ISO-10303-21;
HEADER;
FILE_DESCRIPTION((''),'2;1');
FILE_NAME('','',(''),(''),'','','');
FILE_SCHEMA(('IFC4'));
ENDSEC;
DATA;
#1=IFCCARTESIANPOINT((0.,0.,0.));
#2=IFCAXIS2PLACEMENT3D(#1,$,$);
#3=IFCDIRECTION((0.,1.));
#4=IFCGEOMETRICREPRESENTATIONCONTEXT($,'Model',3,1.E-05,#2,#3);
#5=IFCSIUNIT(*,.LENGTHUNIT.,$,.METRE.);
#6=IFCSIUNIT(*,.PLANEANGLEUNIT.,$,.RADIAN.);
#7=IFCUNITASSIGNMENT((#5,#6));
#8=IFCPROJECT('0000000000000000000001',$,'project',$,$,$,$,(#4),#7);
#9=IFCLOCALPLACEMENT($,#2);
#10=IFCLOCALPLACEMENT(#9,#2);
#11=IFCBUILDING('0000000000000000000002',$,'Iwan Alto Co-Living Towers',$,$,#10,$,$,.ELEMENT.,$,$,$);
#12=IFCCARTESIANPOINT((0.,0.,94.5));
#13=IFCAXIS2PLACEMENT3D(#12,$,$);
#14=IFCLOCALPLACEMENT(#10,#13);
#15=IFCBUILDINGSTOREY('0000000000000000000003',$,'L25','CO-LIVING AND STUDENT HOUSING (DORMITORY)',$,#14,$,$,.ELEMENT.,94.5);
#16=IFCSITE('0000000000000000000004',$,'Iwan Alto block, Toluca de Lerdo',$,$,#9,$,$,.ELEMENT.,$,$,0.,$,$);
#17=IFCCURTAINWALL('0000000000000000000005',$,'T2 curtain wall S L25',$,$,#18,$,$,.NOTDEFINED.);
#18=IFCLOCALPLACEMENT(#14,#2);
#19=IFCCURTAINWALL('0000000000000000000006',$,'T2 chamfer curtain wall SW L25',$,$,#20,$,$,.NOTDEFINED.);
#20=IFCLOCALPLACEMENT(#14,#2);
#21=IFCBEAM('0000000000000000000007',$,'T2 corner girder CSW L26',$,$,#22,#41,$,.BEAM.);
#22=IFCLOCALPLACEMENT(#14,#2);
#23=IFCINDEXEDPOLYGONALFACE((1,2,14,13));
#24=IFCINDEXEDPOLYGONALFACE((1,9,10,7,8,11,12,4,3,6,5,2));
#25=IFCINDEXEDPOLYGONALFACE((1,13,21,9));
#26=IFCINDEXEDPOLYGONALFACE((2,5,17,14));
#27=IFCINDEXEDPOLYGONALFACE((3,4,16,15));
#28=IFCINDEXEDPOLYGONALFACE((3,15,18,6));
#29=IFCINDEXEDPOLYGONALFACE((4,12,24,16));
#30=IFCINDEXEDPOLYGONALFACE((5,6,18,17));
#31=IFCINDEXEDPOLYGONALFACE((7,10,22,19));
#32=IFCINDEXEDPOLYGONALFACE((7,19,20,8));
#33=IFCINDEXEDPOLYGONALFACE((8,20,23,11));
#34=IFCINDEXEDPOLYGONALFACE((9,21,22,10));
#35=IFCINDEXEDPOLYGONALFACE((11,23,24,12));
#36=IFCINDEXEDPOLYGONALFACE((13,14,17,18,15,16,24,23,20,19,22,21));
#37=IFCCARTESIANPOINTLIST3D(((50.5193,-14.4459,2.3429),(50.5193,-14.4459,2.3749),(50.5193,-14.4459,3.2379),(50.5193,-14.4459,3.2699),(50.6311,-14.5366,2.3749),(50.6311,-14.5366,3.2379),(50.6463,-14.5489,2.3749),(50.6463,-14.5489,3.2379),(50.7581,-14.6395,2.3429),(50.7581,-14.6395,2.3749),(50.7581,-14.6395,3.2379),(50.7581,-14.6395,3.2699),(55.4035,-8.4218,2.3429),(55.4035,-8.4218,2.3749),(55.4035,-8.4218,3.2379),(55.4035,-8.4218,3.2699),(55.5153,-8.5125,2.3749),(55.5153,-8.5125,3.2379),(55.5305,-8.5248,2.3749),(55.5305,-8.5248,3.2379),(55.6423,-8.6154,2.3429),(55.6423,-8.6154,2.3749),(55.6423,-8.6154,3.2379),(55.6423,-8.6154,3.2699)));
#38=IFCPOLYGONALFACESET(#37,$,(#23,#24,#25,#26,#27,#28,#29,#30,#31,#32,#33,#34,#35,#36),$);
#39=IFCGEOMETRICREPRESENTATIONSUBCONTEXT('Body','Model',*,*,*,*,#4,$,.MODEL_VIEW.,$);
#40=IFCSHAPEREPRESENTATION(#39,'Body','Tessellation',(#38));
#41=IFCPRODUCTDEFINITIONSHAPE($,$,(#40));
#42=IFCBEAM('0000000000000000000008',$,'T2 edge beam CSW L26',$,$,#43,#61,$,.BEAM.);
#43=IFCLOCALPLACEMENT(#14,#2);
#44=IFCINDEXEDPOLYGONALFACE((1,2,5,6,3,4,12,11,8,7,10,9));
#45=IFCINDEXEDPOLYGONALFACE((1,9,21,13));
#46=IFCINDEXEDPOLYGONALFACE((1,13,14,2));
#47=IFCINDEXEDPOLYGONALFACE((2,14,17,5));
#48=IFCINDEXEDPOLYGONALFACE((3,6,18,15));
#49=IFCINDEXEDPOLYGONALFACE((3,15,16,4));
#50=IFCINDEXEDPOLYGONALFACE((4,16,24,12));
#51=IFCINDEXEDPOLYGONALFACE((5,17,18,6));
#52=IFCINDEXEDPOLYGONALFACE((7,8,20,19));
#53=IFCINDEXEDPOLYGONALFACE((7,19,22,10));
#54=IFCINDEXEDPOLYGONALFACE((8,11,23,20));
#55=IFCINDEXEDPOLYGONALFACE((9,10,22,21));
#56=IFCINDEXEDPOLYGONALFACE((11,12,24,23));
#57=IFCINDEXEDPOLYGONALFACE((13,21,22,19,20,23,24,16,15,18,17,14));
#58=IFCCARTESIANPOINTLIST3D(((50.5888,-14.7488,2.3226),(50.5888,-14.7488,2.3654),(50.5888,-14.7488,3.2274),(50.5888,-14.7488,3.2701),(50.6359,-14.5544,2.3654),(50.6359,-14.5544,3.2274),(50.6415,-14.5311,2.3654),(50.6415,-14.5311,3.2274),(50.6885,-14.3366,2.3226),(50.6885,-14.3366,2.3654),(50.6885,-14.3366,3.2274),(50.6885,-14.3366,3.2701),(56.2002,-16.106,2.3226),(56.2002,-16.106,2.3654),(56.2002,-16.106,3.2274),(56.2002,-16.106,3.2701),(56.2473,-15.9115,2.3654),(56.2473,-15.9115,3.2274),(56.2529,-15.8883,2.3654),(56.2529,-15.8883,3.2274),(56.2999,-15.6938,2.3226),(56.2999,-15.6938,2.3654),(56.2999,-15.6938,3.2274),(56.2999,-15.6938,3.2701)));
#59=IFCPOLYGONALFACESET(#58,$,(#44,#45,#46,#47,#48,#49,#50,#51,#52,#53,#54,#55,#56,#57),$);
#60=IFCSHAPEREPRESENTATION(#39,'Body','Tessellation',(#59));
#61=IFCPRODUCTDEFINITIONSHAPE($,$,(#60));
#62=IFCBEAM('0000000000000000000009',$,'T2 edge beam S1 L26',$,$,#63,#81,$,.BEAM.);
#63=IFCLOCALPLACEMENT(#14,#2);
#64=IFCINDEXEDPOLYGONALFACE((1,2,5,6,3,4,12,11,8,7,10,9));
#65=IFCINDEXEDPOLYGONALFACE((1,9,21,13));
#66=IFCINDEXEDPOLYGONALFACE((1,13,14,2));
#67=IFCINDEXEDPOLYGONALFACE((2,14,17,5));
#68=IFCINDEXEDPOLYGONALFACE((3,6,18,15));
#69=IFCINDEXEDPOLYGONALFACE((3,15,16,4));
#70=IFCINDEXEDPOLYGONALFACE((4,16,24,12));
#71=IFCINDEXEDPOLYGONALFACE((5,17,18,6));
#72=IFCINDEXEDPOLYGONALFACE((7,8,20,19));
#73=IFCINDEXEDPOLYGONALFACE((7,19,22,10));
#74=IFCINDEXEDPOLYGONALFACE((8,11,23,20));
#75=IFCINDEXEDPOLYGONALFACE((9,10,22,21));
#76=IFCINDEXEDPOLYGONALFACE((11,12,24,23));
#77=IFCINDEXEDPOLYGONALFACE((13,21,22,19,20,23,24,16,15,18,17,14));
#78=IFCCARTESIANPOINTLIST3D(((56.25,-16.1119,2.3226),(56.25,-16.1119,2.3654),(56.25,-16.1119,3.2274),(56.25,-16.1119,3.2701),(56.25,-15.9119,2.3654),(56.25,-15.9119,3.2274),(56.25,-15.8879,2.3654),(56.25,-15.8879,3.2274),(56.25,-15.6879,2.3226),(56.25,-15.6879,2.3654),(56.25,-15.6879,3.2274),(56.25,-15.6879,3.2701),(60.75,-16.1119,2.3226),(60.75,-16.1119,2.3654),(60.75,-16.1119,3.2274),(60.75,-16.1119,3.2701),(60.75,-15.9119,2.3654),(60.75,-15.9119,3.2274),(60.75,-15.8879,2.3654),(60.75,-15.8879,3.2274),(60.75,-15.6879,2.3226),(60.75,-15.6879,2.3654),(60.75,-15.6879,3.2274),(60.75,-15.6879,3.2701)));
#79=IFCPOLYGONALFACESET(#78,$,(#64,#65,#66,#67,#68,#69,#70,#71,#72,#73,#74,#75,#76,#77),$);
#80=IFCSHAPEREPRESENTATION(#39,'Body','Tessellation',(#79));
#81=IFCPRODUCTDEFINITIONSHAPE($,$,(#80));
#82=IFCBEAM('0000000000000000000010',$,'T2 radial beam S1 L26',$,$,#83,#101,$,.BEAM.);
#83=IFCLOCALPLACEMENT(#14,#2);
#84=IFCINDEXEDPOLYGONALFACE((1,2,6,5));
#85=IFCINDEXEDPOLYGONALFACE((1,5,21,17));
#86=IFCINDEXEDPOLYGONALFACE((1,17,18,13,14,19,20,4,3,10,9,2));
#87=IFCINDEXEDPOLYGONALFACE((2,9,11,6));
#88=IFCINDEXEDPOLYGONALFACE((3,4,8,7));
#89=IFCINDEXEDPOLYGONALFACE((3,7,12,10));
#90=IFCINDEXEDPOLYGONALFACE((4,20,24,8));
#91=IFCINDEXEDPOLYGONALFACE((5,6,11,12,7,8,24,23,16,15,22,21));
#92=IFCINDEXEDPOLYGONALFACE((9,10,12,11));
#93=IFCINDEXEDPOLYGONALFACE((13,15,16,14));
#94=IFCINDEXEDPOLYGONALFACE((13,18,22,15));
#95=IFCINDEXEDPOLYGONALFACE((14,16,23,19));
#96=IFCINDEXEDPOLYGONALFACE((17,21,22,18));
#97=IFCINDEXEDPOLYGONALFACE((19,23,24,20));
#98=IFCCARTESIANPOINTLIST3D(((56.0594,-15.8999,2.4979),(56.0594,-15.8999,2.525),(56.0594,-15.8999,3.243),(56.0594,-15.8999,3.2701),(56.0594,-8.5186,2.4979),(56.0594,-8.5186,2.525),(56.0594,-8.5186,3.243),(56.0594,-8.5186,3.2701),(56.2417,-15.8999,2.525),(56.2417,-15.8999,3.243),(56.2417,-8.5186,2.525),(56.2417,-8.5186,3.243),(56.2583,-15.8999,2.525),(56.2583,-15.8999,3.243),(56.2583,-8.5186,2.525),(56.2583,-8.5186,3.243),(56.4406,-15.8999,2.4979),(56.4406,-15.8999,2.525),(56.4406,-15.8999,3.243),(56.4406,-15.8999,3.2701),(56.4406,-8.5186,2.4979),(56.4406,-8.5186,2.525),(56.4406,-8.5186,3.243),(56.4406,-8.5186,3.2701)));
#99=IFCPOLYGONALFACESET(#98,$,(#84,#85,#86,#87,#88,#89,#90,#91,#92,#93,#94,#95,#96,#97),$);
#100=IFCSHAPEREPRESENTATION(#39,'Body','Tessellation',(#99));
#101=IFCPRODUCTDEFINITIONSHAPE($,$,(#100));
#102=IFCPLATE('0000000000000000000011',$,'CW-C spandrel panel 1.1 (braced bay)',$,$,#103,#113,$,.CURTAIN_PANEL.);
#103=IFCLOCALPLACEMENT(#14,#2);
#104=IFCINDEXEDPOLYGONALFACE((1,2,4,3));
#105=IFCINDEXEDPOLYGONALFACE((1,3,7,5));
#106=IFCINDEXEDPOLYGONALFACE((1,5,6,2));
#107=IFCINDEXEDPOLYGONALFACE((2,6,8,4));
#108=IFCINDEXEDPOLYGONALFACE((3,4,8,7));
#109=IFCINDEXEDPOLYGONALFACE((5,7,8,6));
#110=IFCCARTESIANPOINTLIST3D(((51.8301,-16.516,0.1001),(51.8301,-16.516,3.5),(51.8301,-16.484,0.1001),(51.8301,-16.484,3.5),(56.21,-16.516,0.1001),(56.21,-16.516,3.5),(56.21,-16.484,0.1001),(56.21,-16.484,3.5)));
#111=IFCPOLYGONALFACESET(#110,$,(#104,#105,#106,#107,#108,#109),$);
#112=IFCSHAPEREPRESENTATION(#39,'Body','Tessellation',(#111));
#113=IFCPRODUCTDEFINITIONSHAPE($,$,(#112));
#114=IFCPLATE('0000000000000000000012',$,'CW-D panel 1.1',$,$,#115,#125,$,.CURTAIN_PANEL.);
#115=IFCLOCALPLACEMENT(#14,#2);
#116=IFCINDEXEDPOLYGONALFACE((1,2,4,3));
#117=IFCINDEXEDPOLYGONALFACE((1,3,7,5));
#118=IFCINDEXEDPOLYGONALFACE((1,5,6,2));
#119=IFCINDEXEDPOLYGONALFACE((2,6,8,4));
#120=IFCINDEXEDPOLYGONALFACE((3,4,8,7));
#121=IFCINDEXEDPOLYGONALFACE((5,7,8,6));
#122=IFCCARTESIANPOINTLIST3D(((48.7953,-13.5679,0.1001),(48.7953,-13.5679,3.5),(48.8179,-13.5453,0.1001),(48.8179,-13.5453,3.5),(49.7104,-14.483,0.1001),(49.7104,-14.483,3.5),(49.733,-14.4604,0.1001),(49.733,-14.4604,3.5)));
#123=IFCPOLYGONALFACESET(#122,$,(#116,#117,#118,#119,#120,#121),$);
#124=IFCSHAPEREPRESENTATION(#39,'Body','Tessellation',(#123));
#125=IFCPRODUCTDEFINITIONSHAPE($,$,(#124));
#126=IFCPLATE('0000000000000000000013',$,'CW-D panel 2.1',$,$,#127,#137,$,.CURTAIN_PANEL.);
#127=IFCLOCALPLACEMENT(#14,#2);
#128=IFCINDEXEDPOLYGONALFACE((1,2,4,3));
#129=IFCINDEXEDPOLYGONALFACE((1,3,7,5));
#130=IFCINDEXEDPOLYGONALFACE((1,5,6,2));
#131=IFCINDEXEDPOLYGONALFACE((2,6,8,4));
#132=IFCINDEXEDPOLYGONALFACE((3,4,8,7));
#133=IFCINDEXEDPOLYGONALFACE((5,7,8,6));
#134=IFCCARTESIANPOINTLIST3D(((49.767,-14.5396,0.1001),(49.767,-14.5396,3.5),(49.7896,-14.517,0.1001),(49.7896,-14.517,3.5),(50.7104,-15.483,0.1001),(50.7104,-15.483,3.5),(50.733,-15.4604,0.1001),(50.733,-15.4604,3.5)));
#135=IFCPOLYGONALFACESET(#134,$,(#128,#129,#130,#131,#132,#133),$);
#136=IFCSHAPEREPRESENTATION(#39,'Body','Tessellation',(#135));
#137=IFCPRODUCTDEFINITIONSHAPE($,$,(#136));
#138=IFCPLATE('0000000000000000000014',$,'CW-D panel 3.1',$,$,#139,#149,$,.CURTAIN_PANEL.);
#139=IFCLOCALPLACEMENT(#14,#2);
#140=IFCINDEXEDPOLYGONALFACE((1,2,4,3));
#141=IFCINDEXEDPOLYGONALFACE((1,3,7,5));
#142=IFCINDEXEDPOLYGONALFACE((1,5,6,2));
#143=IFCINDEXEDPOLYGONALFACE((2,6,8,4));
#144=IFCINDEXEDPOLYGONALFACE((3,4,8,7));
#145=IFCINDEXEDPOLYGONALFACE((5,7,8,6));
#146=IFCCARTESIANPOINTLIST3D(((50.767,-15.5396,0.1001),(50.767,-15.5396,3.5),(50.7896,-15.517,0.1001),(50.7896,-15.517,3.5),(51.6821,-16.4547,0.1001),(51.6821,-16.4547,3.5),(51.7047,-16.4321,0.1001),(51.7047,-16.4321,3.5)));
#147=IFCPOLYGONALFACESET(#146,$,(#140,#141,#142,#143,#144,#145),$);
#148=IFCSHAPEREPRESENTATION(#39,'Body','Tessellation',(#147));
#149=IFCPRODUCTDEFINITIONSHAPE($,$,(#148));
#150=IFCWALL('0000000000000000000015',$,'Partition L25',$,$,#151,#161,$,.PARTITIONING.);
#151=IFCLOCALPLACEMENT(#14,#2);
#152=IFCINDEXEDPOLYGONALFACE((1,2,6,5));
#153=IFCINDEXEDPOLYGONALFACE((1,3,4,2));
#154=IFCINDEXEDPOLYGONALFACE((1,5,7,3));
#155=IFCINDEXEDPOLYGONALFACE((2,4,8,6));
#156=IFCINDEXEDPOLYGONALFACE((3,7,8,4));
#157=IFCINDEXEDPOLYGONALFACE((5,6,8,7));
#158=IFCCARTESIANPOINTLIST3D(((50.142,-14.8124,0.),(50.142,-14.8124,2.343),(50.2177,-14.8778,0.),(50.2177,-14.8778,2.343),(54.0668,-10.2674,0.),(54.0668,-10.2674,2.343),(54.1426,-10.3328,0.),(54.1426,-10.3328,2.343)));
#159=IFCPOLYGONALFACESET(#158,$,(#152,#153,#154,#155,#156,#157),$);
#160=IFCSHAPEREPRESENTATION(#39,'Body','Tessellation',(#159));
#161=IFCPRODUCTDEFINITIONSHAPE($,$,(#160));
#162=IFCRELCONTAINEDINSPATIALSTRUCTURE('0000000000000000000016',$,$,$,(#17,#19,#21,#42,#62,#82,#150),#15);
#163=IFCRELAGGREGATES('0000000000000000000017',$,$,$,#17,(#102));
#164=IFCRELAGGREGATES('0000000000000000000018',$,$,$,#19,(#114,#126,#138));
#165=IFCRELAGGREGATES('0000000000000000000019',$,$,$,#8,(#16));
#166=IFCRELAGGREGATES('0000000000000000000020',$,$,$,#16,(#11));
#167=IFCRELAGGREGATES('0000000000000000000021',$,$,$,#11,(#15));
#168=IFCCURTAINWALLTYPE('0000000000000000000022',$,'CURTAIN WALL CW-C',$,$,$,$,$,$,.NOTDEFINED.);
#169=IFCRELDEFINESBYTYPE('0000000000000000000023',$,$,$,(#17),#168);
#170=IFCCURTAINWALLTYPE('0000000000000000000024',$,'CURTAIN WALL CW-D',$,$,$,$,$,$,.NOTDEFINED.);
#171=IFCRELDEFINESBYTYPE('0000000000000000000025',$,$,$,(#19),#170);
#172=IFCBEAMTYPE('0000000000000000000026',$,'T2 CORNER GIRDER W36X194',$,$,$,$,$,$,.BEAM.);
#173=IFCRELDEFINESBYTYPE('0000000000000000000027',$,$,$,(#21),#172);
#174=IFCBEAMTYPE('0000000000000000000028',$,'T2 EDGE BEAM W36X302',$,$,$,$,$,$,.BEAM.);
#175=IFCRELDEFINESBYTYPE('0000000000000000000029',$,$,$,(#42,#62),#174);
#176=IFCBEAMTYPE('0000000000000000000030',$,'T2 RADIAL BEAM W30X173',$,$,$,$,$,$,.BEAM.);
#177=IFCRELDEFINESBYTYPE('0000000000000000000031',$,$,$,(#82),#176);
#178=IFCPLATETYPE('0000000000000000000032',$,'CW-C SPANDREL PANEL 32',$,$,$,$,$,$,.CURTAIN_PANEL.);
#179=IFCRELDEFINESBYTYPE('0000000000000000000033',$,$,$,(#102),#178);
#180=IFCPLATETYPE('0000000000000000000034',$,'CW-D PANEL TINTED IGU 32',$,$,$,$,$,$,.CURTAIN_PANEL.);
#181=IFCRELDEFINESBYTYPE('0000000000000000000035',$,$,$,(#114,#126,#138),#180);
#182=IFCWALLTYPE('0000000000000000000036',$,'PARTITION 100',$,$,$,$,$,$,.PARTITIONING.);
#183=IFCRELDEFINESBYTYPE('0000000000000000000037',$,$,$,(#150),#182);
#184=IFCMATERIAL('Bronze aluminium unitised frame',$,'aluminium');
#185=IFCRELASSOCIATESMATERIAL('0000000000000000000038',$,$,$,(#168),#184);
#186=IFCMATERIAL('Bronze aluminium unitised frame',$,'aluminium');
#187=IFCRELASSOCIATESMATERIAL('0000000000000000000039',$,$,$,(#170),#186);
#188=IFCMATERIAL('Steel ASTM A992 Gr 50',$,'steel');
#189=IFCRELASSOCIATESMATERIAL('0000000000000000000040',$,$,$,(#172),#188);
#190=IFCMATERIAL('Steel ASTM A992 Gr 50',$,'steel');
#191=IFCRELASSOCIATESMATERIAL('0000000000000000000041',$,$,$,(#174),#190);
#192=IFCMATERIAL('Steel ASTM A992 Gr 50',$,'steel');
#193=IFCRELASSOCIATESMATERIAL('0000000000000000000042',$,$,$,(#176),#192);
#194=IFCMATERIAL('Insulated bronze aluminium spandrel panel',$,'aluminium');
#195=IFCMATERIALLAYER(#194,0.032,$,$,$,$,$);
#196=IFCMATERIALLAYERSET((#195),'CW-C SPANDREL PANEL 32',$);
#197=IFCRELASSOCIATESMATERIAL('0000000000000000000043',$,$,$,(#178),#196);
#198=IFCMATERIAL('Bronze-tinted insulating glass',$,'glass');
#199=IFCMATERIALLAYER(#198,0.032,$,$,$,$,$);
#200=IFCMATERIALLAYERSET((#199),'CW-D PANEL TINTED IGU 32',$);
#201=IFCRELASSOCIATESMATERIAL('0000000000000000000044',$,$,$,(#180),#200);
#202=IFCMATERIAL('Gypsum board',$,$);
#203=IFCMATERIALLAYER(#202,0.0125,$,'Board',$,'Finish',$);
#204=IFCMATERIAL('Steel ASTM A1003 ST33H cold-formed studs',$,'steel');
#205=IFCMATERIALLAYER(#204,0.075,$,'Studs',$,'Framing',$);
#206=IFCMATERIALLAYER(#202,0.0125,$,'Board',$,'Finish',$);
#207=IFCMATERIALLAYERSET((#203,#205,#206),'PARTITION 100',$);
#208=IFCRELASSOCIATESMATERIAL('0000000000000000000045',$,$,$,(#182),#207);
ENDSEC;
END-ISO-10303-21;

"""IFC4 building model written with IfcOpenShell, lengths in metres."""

from ifc_helpers import new_model, si_unit, direction, frame, frame_2d, origin, origin_2d, place, context, subcontext, project, spatial, rectangle, i_section, extrude, material, layer, layer_set, material_profile, profile_set, type_object, element, aggregate, save


model = new_model("IFC4")

# Units and contexts
model_context = context("Model", 3, precision=1e-05, world=origin(), true_north=direction((0.0, 1.0)))
body_context = subcontext(model_context, "Body", "Model", "MODEL_VIEW")
ifc_project = project(units=[si_unit("LENGTHUNIT", "METRE"), si_unit("PLANEANGLEUNIT", "RADIAN")], contexts=[model_context])

# Site, building, storey
site_placement = place(None, origin())
site = spatial("IfcSite", under=ifc_project, at=site_placement, Name="Iwan Alto block, Toluca de Lerdo", CompositionType="ELEMENT", RefElevation=0.0)
building_placement = place(site_placement, origin())
building = spatial("IfcBuilding", under=site, at=building_placement, Name="Iwan Alto Co-Living Towers", CompositionType="ELEMENT")
storey_placement = place(building_placement, frame((0.0, 0.0, 94.5)))
storey = spatial("IfcBuildingStorey", under=building, at=storey_placement, Name="L25", Description="CO-LIVING AND STUDENT HOUSING (DORMITORY)", CompositionType="ELEMENT", Elevation=94.5)

# Curtain walls
ifc_material_1 = material(Name="Bronze aluminium unitised frame", Category="aluminium")
curtain_wall_type_1 = type_object("IfcCurtainWallType", Name="CURTAIN WALL CW-C", PredefinedType="NOTDEFINED", material=ifc_material_1)
curtain_wall_1_placement = place(storey_placement, origin())
curtain_wall_1 = element("IfcCurtainWall", 1, at=curtain_wall_1_placement, inside=storey, type_object=curtain_wall_type_1, Name="T2 curtain wall S L25", PredefinedType="NOTDEFINED")
ifc_material_2 = material(Name="Bronze aluminium unitised frame", Category="aluminium")
curtain_wall_type_2 = type_object("IfcCurtainWallType", Name="CURTAIN WALL CW-D", PredefinedType="NOTDEFINED", material=ifc_material_2)
curtain_wall_2_placement = place(storey_placement, origin())
curtain_wall_2 = element("IfcCurtainWall", 2, at=curtain_wall_2_placement, inside=storey, type_object=curtain_wall_type_2, Name="T2 chamfer curtain wall SW L25", PredefinedType="NOTDEFINED")

# Beams
ifc_material_3 = material(Name="Steel ASTM A992 Gr 50", Category="steel")
ifc_material_profile_1 = material_profile(ifc_material_3, i_section(OverallWidth=0.3074, OverallDepth=0.927, WebThickness=0.0195, FlangeThickness=0.032, at=origin_2d()), Name="W36X194")
ifc_profile_set_1 = profile_set([ifc_material_profile_1], Name="Steel ASTM A992 Gr 50")
beam_type_1 = type_object("IfcBeamType", Name="T2 CORNER GIRDER W36X194", PredefinedType="BEAM", material=ifc_profile_set_1)
beam_1_placement = place(storey_placement, frame((50.6387, -14.5427, 2.8064), z_axis=(0.629788, 0.776767, 0.0), x_axis=(-0.776767, 0.629788, 0.0)))
element("IfcBeam", 3, at=beam_1_placement, inside=storey, type_object=beam_type_1, Name="T2 corner girder CSW L26", PredefinedType="BEAM", context=body_context, shape_type="SweptSolid", body=[
    extrude(i_section(OverallWidth=0.3074, OverallDepth=0.927, WebThickness=0.0195, FlangeThickness=0.032, at=origin_2d()), origin(), (0.0, 0.0, 1.0), 7.7554),
])
ifc_material_4 = material(Name="Steel ASTM A992 Gr 50", Category="steel")
ifc_material_profile_2 = material_profile(ifc_material_4, i_section(OverallWidth=0.4241, OverallDepth=0.9475, WebThickness=0.0239, FlangeThickness=0.0427, at=origin_2d()), Name="W36X302")
ifc_profile_set_2 = profile_set([ifc_material_profile_2], Name="Steel ASTM A992 Gr 50")
beam_type_2 = type_object("IfcBeamType", Name="T2 EDGE BEAM W36X302", PredefinedType="BEAM", material=ifc_profile_set_2)
beam_2_placement = place(storey_placement, frame((50.6387, -14.5427, 2.7964), z_axis=(0.971975, -0.235086, 0.0), x_axis=(0.235086, 0.971975, 0.0)))
element("IfcBeam", 4, at=beam_2_placement, inside=storey, type_object=beam_type_2, Name="T2 edge beam CSW L26", PredefinedType="BEAM", context=body_context, shape_type="SweptSolid", body=[
    extrude(i_section(OverallWidth=0.4241, OverallDepth=0.9475, WebThickness=0.0239, FlangeThickness=0.0427, at=origin_2d()), origin(), (0.0, 0.0, 1.0), 5.7732),
])
beam_3_placement = place(storey_placement, frame((56.25, -15.8999, 2.7964), z_axis=(1.0, 0.0, 0.0), x_axis=(0.0, 1.0, 0.0)))
element("IfcBeam", 5, at=beam_3_placement, inside=storey, type_object=beam_type_2, Name="T2 edge beam S1 L26", PredefinedType="BEAM", context=body_context, shape_type="SweptSolid", body=[
    extrude(i_section(OverallWidth=0.4241, OverallDepth=0.9475, WebThickness=0.0239, FlangeThickness=0.0427, at=origin_2d()), origin(), (0.0, 0.0, 1.0), 4.5),
])
ifc_material_5 = material(Name="Steel ASTM A992 Gr 50", Category="steel")
ifc_material_profile_3 = material_profile(ifc_material_5, i_section(OverallWidth=0.3811, OverallDepth=0.7722, WebThickness=0.0166, FlangeThickness=0.0271, at=origin_2d()), Name="W30X173")
ifc_profile_set_3 = profile_set([ifc_material_profile_3], Name="Steel ASTM A992 Gr 50")
beam_type_3 = type_object("IfcBeamType", Name="T2 RADIAL BEAM W30X173", PredefinedType="BEAM", material=ifc_profile_set_3)
beam_4_placement = place(storey_placement, frame((56.25, -15.8999, 2.884), z_axis=(0.0, 1.0, 0.0), x_axis=(-1.0, 0.0, 0.0)))
element("IfcBeam", 6, at=beam_4_placement, inside=storey, type_object=beam_type_3, Name="T2 radial beam S1 L26", PredefinedType="BEAM", context=body_context, shape_type="SweptSolid", body=[
    extrude(i_section(OverallWidth=0.3811, OverallDepth=0.7722, WebThickness=0.0166, FlangeThickness=0.0271, at=origin_2d()), origin(), (0.0, 0.0, 1.0), 7.3813),
])

# Plates
ifc_material_6 = material(Name="Insulated bronze aluminium spandrel panel", Category="aluminium")
ifc_layer_1 = layer(ifc_material_6, 0.032)
ifc_layer_set_1 = layer_set([ifc_layer_1], Name="CW-C SPANDREL PANEL 32")
plate_type_1 = type_object("IfcPlateType", Name="CW-C SPANDREL PANEL 32", PredefinedType="CURTAIN_PANEL", material=ifc_layer_set_1)
plate_1_placement = place(storey_placement, frame((54.02, -16.5, 0.1001), z_axis=(0.0, 0.0, 1.0), x_axis=(1.0, 0.0, 0.0)))
plate_1 = element("IfcPlate", 7, at=plate_1_placement, type_object=plate_type_1, Name="CW-C spandrel panel 1.1 (braced bay)", PredefinedType="CURTAIN_PANEL", context=body_context, shape_type="SweptSolid", body=[
    extrude(rectangle(XDim=4.3799, YDim=0.032, at=origin_2d()), origin(), (0.0, 0.0, 1.0), 3.3999),
])
aggregate(curtain_wall_1, [plate_1])
ifc_material_7 = material(Name="Bronze-tinted insulating glass", Category="glass")
ifc_layer_2 = layer(ifc_material_7, 0.032)
ifc_layer_set_2 = layer_set([ifc_layer_2], Name="CW-D PANEL TINTED IGU 32")
plate_type_2 = type_object("IfcPlateType", Name="CW-D PANEL TINTED IGU 32", PredefinedType="CURTAIN_PANEL", material=ifc_layer_set_2)
plate_2_placement = place(storey_placement, frame((49.2642, -14.0142, 0.1001), z_axis=(0.0, 0.0, 1.0), x_axis=(0.707107, -0.707107, 0.0)))
plate_2 = element("IfcPlate", 8, at=plate_2_placement, type_object=plate_type_2, Name="CW-D panel 1.1", PredefinedType="CURTAIN_PANEL", context=body_context, shape_type="SweptSolid", body=[
    extrude(rectangle(XDim=1.2942, YDim=0.032, at=origin_2d()), origin(), (0.0, 0.0, 1.0), 3.3999),
])
plate_3_placement = place(storey_placement, frame((50.25, -15.0, 0.1001), z_axis=(0.0, 0.0, 1.0), x_axis=(0.707107, -0.707107, 0.0)))
plate_3 = element("IfcPlate", 9, at=plate_3_placement, type_object=plate_type_2, Name="CW-D panel 2.1", PredefinedType="CURTAIN_PANEL", context=body_context, shape_type="SweptSolid", body=[
    extrude(rectangle(XDim=1.3342, YDim=0.032, at=origin_2d()), origin(), (0.0, 0.0, 1.0), 3.3999),
])
plate_4_placement = place(storey_placement, frame((51.2358, -15.9858, 0.1001), z_axis=(0.0, 0.0, 1.0), x_axis=(0.707107, -0.707107, 0.0)))
plate_4 = element("IfcPlate", 10, at=plate_4_placement, type_object=plate_type_2, Name="CW-D panel 3.1", PredefinedType="CURTAIN_PANEL", context=body_context, shape_type="SweptSolid", body=[
    extrude(rectangle(XDim=1.2942, YDim=0.032, at=origin_2d()), origin(), (0.0, 0.0, 1.0), 3.3999),
])
aggregate(curtain_wall_2, [plate_2, plate_3, plate_4])

# Wall
ifc_material_8 = material(Name="Gypsum board")
ifc_layer_3 = layer(ifc_material_8, 0.0125, Name="Board", Category="Finish")
ifc_material_9 = material(Name="Steel ASTM A1003 ST33H cold-formed studs", Category="steel")
ifc_layer_4 = layer(ifc_material_9, 0.075, Name="Studs", Category="Framing")
ifc_layer_5 = layer(ifc_material_8, 0.0125, Name="Board", Category="Finish")
ifc_layer_set_3 = layer_set([ifc_layer_3, ifc_layer_4, ifc_layer_5], Name="PARTITION 100")
wall_type = type_object("IfcWallType", Name="PARTITION 100", PredefinedType="PARTITIONING", material=ifc_layer_set_3)
wall_1_placement = place(storey_placement, frame((50.1799, -14.845, 0.0), z_axis=(0.0, 0.0, 1.0), x_axis=(0.653586, 0.756852, 0.0)))
element("IfcWall", 11, at=wall_1_placement, inside=storey, type_object=wall_type, Name="Partition L25", PredefinedType="PARTITIONING", context=body_context, shape_type="SweptSolid", body=[
    extrude(rectangle(XDim=6.0051, YDim=0.1001, at=frame_2d((3.0024, 0.0))), origin(), (0.0, 0.0, 1.0), 2.343),
])

save(model, "model.ifc")
